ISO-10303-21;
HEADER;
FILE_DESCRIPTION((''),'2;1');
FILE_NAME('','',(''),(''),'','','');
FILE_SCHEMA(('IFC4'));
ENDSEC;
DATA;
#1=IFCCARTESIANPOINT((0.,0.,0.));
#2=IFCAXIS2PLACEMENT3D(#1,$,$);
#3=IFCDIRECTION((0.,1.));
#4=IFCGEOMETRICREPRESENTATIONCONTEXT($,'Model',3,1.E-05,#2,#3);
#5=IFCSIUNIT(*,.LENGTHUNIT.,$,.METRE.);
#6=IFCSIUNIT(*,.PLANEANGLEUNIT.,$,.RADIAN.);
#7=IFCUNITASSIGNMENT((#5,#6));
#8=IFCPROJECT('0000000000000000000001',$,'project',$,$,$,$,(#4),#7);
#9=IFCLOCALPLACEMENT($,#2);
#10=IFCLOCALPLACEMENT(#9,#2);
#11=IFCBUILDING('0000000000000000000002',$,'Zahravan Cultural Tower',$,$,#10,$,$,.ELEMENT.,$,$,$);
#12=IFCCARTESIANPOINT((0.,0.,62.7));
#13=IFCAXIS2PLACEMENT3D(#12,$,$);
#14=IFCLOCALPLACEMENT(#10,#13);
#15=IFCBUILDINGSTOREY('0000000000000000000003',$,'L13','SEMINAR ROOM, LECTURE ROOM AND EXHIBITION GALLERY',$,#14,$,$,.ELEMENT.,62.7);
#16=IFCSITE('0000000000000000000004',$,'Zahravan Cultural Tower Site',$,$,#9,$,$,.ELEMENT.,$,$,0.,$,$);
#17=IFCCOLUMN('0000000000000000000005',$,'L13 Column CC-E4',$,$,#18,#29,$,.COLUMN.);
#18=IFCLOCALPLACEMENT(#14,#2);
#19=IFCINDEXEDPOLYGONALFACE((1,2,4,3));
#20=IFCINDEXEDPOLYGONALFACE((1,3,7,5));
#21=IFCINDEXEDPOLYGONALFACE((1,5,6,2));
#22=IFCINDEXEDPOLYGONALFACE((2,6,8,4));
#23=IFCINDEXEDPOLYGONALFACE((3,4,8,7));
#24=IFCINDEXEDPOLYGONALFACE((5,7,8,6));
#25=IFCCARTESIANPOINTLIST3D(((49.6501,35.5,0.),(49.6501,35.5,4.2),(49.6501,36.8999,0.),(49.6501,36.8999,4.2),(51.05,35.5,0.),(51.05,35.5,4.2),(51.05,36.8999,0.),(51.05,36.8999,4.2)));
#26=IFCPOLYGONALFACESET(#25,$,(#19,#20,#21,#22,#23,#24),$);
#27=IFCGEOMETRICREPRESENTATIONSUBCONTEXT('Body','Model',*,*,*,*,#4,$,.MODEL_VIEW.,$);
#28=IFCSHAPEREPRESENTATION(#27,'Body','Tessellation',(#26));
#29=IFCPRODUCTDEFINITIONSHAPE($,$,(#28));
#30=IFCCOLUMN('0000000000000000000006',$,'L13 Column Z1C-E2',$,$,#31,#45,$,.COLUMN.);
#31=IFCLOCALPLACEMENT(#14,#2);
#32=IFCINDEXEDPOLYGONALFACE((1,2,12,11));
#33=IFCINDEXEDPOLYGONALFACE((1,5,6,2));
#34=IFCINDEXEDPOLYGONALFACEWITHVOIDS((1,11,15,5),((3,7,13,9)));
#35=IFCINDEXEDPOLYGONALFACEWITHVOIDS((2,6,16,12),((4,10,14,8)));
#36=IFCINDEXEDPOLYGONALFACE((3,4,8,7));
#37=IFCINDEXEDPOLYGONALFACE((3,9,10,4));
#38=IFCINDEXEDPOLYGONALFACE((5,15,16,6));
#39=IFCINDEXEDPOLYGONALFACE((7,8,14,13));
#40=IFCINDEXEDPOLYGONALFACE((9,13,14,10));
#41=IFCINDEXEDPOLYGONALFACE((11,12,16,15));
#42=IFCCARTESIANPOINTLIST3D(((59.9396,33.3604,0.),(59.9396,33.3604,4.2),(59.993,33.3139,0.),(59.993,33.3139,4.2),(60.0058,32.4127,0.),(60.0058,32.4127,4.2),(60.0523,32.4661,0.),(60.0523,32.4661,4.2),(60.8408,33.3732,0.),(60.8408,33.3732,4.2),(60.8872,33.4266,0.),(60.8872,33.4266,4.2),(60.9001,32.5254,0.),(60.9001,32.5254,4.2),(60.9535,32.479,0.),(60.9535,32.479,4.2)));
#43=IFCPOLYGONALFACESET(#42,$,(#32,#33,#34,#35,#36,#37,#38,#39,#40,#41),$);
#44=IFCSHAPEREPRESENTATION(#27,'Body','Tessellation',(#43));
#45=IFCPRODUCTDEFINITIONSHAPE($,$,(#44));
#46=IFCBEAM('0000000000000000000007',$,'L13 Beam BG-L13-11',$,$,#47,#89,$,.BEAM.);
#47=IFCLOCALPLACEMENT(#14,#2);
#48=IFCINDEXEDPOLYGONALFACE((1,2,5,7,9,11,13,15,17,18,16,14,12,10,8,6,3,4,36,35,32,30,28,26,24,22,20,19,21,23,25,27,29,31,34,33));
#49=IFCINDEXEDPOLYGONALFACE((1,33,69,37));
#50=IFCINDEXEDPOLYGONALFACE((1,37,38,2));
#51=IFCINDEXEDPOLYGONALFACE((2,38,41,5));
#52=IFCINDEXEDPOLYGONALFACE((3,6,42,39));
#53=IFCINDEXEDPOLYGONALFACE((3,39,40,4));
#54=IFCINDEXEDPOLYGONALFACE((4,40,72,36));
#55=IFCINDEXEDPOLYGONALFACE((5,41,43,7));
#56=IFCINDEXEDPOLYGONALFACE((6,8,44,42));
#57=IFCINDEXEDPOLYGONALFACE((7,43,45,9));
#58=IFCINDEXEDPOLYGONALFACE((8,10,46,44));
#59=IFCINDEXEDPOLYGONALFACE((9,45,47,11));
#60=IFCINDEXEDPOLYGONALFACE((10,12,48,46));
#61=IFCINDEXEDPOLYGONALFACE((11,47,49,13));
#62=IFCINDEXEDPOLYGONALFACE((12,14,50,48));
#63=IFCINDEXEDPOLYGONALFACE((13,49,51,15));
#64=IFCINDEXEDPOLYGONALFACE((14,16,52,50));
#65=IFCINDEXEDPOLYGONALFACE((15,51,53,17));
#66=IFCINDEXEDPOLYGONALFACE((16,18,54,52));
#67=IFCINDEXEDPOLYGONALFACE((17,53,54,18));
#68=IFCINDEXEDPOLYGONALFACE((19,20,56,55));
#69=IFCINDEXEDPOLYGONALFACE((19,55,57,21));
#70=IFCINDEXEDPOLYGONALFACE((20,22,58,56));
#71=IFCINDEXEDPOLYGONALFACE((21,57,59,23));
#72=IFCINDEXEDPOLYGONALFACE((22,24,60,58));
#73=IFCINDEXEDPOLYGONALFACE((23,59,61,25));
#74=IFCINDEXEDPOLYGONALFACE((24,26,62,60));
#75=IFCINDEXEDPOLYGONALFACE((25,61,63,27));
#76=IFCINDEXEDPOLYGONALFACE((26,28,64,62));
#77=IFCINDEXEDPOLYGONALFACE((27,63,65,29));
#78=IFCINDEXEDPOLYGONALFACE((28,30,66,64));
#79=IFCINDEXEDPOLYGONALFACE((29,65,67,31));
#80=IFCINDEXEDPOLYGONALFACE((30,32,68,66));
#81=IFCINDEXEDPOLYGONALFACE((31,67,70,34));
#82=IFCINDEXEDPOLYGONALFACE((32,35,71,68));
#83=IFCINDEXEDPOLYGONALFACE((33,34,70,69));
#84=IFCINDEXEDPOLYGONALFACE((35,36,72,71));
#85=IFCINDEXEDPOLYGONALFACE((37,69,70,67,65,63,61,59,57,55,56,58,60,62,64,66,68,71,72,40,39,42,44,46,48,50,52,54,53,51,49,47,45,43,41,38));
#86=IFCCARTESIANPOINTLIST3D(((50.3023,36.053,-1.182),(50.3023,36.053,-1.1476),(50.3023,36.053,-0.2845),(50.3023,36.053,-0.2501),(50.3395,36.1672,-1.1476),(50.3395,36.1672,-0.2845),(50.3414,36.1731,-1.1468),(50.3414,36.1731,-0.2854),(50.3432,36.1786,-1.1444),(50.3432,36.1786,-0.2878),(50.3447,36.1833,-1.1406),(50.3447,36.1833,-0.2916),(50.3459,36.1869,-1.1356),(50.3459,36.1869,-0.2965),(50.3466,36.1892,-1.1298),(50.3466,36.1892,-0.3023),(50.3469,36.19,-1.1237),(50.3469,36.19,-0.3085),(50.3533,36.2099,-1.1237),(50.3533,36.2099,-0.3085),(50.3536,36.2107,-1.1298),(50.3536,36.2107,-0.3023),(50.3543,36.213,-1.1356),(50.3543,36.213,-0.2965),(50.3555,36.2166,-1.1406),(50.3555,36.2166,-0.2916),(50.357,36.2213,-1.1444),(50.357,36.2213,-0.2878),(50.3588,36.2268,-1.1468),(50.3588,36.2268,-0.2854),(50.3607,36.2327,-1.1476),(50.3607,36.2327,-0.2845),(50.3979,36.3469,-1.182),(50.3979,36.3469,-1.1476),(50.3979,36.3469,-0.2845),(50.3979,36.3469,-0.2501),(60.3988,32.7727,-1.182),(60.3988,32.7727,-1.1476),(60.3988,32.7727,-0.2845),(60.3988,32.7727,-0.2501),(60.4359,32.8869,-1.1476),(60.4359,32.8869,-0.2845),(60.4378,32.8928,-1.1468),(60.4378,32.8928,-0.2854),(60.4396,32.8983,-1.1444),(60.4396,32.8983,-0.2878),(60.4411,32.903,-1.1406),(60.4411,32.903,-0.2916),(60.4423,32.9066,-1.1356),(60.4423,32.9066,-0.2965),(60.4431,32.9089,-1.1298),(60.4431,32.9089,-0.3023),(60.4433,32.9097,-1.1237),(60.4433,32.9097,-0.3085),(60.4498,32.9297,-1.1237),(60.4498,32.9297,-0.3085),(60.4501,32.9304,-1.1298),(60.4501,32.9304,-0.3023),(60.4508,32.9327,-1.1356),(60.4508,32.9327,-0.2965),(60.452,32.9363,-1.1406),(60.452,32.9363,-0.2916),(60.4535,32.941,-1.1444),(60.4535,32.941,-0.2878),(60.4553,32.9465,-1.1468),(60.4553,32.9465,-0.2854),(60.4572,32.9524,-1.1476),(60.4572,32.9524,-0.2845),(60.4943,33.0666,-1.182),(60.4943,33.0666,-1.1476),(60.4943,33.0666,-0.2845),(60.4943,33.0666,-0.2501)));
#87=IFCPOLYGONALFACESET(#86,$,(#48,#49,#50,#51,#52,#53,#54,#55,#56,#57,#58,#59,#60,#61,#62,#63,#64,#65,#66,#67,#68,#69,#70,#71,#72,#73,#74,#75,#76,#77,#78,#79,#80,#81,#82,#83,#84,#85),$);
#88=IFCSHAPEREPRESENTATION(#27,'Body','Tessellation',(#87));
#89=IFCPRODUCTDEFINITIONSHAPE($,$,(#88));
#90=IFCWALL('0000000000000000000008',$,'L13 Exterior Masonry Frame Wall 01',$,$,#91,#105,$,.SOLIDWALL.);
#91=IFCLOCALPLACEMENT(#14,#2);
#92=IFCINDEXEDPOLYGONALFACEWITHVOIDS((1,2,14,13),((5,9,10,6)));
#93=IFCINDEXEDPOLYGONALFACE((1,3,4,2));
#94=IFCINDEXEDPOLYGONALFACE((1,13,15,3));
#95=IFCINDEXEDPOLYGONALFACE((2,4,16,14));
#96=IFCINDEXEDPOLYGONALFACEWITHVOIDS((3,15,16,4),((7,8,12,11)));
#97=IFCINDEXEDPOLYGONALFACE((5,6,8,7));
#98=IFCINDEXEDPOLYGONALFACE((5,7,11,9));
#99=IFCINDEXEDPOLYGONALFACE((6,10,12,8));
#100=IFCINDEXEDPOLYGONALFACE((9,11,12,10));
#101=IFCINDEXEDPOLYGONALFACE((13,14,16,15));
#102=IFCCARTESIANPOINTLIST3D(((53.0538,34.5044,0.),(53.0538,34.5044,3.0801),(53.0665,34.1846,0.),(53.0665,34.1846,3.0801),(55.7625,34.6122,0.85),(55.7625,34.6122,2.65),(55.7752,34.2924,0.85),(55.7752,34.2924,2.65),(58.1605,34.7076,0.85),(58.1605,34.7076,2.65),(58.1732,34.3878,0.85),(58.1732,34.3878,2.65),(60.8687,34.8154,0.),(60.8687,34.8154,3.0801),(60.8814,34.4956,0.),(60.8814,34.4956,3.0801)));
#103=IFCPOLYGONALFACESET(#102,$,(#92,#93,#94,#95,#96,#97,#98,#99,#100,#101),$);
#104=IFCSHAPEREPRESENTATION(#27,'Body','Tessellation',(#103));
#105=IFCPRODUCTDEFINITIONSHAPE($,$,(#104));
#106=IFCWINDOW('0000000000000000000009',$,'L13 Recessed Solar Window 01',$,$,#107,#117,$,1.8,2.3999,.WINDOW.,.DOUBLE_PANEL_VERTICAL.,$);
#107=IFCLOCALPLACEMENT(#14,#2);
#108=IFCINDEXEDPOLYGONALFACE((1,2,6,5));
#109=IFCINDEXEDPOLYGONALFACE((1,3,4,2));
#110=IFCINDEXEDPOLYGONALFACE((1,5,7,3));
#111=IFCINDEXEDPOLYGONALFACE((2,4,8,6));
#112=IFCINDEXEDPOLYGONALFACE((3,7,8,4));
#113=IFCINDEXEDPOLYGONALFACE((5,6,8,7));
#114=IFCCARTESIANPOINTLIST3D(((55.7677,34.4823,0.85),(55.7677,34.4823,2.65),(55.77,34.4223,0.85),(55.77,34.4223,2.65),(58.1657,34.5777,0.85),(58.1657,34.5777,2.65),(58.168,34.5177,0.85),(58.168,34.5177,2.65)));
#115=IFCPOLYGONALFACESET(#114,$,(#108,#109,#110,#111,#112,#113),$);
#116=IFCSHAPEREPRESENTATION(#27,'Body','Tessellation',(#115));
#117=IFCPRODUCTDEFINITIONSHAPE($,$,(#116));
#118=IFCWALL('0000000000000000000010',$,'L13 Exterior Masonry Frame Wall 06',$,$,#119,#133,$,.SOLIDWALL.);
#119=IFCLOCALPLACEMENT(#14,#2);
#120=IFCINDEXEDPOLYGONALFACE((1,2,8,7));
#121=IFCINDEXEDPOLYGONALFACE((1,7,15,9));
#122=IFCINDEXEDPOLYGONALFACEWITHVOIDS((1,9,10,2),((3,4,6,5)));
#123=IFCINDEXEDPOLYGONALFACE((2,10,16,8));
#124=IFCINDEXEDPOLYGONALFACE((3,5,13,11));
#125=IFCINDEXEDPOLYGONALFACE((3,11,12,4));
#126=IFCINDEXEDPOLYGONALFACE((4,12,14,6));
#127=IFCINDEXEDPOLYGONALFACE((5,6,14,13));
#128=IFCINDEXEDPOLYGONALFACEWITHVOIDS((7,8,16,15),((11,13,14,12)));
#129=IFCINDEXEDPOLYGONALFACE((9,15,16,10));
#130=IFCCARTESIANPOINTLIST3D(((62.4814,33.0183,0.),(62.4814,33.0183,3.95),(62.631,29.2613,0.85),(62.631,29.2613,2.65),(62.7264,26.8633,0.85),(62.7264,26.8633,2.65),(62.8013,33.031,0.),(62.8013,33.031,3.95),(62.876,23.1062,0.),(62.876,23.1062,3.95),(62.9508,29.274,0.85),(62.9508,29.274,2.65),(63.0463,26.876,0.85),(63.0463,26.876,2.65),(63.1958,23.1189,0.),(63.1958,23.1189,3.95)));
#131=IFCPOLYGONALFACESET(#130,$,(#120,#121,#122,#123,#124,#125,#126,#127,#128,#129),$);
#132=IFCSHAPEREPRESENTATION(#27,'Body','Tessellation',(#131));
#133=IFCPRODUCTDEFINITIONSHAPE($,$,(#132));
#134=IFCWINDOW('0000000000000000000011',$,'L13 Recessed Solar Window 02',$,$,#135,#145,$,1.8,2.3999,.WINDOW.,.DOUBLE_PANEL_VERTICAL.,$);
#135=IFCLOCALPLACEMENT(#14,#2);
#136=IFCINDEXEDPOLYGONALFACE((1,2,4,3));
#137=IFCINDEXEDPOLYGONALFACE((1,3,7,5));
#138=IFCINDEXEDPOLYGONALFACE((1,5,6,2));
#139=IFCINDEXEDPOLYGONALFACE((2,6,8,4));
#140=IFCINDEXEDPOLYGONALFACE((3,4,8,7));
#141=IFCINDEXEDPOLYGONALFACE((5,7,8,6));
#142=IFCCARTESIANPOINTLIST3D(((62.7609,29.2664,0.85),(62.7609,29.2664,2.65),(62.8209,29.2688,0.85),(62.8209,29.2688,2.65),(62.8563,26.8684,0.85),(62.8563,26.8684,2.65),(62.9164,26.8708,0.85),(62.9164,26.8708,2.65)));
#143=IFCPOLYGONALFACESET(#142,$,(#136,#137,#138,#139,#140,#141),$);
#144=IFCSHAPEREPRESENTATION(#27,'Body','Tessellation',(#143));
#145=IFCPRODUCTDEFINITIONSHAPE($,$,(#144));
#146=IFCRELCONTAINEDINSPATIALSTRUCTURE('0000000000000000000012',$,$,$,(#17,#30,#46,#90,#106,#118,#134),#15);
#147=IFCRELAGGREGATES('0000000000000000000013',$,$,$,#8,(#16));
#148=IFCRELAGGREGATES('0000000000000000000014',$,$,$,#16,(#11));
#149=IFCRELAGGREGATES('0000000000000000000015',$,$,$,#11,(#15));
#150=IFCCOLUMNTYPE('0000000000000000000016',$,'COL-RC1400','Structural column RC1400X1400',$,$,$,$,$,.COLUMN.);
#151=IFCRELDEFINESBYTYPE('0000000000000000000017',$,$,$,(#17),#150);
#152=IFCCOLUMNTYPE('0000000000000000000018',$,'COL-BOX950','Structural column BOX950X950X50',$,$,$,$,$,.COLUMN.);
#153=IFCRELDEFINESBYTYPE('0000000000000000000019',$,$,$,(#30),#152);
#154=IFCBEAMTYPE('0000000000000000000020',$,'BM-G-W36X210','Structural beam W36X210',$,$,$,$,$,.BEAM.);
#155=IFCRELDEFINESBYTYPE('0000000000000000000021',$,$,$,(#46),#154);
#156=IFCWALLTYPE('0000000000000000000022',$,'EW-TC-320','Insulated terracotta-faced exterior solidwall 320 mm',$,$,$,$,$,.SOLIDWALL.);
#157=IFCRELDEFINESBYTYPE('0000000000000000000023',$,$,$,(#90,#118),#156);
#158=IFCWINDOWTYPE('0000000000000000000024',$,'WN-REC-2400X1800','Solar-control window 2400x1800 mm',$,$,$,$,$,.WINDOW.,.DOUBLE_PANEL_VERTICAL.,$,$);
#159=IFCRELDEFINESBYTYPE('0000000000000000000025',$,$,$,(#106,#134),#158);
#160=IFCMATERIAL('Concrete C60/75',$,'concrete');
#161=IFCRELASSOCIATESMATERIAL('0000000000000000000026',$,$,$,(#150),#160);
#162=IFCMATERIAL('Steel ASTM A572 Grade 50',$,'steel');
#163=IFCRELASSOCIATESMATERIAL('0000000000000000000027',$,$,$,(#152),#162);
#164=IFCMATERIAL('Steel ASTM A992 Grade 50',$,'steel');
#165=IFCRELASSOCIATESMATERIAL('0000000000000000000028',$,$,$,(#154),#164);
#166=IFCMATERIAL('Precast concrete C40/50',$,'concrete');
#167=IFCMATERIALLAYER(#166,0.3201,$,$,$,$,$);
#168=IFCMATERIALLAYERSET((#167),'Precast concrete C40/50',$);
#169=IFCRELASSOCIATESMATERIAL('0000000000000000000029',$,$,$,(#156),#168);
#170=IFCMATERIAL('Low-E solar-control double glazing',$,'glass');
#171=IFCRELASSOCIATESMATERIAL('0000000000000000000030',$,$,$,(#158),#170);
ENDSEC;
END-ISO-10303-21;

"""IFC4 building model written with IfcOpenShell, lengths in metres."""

from ifc_helpers import new_model, si_unit, direction, frame, frame_2d, origin, origin_2d, place, context, subcontext, project, spatial, rectangle, hollow_rectangle, i_section, extrude, source, transform, mapped, material, layer, layer_set, material_profile, profile_set, type_object, element, fill, save


model = new_model("IFC4")

# Units and contexts
model_context = context("Model", 3, precision=1e-05, world=origin(), true_north=direction((0.0, 1.0)))
body_context = subcontext(model_context, "Body", "Model", "MODEL_VIEW")
ifc_project = project(units=[si_unit("LENGTHUNIT", "METRE"), si_unit("PLANEANGLEUNIT", "RADIAN")], contexts=[model_context])

# Site, building, storey
site_placement = place(None, origin())
site = spatial("IfcSite", under=ifc_project, at=site_placement, Name="Zahravan Cultural Tower Site", CompositionType="ELEMENT", RefElevation=0.0)
building_placement = place(site_placement, origin())
building = spatial("IfcBuilding", under=site, at=building_placement, Name="Zahravan Cultural Tower", CompositionType="ELEMENT")
storey_placement = place(building_placement, frame((0.0, 0.0, 62.7)))
storey = spatial("IfcBuildingStorey", under=building, at=storey_placement, Name="L13", Description="SEMINAR ROOM, LECTURE ROOM AND EXHIBITION GALLERY", CompositionType="ELEMENT", Elevation=62.7)

# Columns
ifc_material_1 = material(Name="Concrete C60/75", Category="concrete")
ifc_material_profile_1 = material_profile(ifc_material_1, rectangle(XDim=1.3999, YDim=1.3999, at=origin_2d()), Name="RC1400X1400")
ifc_profile_set_1 = profile_set([ifc_material_profile_1], Name="Concrete C60/75")
column_type_1 = type_object("IfcColumnType", Name="COL-RC1400", Description="Structural column RC1400X1400", PredefinedType="COLUMN", material=ifc_profile_set_1)
shared_shape_1 = source(origin(), body_context, "Body", "SweptSolid", [
    extrude(rectangle(XDim=1.3999, YDim=1.3999, at=origin_2d()), origin(), (0.0, 0.0, 1.0), 4.2),
])
column_1_placement = place(storey_placement, frame((50.3501, 36.2, 0.0), z_axis=(0.0, 0.0, 1.0), x_axis=(1.0, 0.0, 0.0)))
element("IfcColumn", 1, at=column_1_placement, inside=storey, type_object=column_type_1, Name="L13 Column CC-E4", PredefinedType="COLUMN", context=body_context, shape_type="MappedRepresentation", body=[
    mapped(shared_shape_1, transform((0.0, 0.0, 0.0), x_axis=(1.0, 0.0, 0.0), y_axis=(0.0, 1.0, 0.0), z_axis=(0.0, 0.0, 1.0), scale=1.0)),
])
ifc_material_2 = material(Name="Steel ASTM A572 Grade 50", Category="steel")
ifc_material_profile_2 = material_profile(ifc_material_2, hollow_rectangle(XDim=0.95, YDim=0.95, WallThickness=0.05, at=origin_2d()), Name="BOX950X950X50")
ifc_profile_set_2 = profile_set([ifc_material_profile_2], Name="Steel ASTM A572 Grade 50")
column_type_2 = type_object("IfcColumnType", Name="COL-BOX950", Description="Structural column BOX950X950X50", PredefinedType="COLUMN", material=ifc_profile_set_2)
shared_shape_2 = source(origin(), body_context, "Body", "SweptSolid", [
    extrude(hollow_rectangle(XDim=0.95, YDim=0.95, WallThickness=0.05, at=origin_2d()), origin(), (0.0, 0.0, 1.0), 4.2),
])
column_2_placement = place(storey_placement, frame((60.4465, 32.9197, 0.0), z_axis=(0.0, 0.0, 1.0), x_axis=(0.997564, 0.069756, 0.0)))
element("IfcColumn", 2, at=column_2_placement, inside=storey, type_object=column_type_2, Name="L13 Column Z1C-E2", PredefinedType="COLUMN", context=body_context, shape_type="MappedRepresentation", body=[
    mapped(shared_shape_2, transform((0.0, 0.0, 0.0), x_axis=(1.0, 0.0, 0.0), y_axis=(0.0, 1.0, 0.0), z_axis=(0.0, 0.0, 1.0), scale=1.0)),
])

# Beam
ifc_material_3 = material(Name="Steel ASTM A992 Grade 50", Category="steel")
ifc_material_profile_3 = material_profile(ifc_material_3, i_section(OverallWidth=0.3091, OverallDepth=0.9319, WebThickness=0.021, FlangeThickness=0.0344, FilletRadius=0.0239, at=origin_2d()), Name="W36X210")
ifc_profile_set_3 = profile_set([ifc_material_profile_3], Name="Steel ASTM A992 Grade 50")
beam_type = type_object("IfcBeamType", Name="BM-G-W36X210", Description="Structural beam W36X210", PredefinedType="BEAM", material=ifc_profile_set_3)
shared_shape_3 = source(origin(), body_context, "Body", "SweptSolid", [
    extrude(i_section(OverallWidth=0.3091, OverallDepth=0.9319, WebThickness=0.021, FlangeThickness=0.0344, FilletRadius=0.0239, at=origin_2d()), origin(), (0.0, 0.0, 1.0), 10.616),
])
beam_placement = place(storey_placement, frame((50.3501, 36.2, -0.7161), z_axis=(0.951064, -0.308995, 0.0), x_axis=(0.308995, 0.951064, 0.0)))
element("IfcBeam", 3, at=beam_placement, inside=storey, type_object=beam_type, Name="L13 Beam BG-L13-11", PredefinedType="BEAM", context=body_context, shape_type="MappedRepresentation", body=[
    mapped(shared_shape_3, transform((0.0, 0.0, 0.0), x_axis=(1.0, 0.0, 0.0), y_axis=(0.0, 1.0, 0.0), z_axis=(0.0, 0.0, 1.0), scale=1.0)),
])

# Walls, openings, windows
ifc_material_4 = material(Name="Precast concrete C40/50", Category="concrete")
ifc_layer_1 = layer(ifc_material_4, 0.3201)
ifc_layer_set_1 = layer_set([ifc_layer_1], Name="Precast concrete C40/50")
wall_type_1 = type_object("IfcWallType", Name="EW-TC-320", Description="Insulated terracotta-faced exterior solidwall 320 mm", PredefinedType="SOLIDWALL", material=ifc_layer_set_1)
wall_1_placement = place(storey_placement, frame((53.0601, 34.3445, 0.0), z_axis=(0.0, 0.0, 1.0), x_axis=(0.999209, 0.039769, 0.0)))
wall_1 = element("IfcWall", 4, at=wall_1_placement, inside=storey, type_object=wall_type_1, Name="L13 Exterior Masonry Frame Wall 01", PredefinedType="SOLIDWALL", context=body_context, shape_type="SweptSolid", body=[
    extrude(rectangle(XDim=7.821, YDim=0.3201, at=frame_2d((3.9106, 0.0))), origin(), (0.0, 0.0, 1.0), 3.0801),
])
opening_1_placement = place(wall_1_placement, frame((2.7109, 0.0, 0.8501)))
opening_1 = element("IfcOpeningElement", 5, at=opening_1_placement, cuts=wall_1, PredefinedType="OPENING", context=body_context, shape_type="SweptSolid", body=[
    extrude(rectangle(XDim=2.3999, YDim=1.8, at=frame_2d((1.2, 0.8999))), frame((0.0, 0.1699, 0.0), z_axis=(0.0, -1.0, 0.0), x_axis=(1.0, 0.0, 0.0)), (0.0, 0.0, 1.0), 0.3401),
])
ifc_material_5 = material(Name="Low-E solar-control double glazing", Category="glass")
window_type = type_object("IfcWindowType", Name="WN-REC-2400X1800", Description="Solar-control window 2400x1800 mm", PartitioningType="DOUBLE_PANEL_VERTICAL", PredefinedType="WINDOW", material=ifc_material_5)
shared_shape_4 = source(origin(), body_context, "Body", "SweptSolid", [
    extrude(rectangle(XDim=2.3999, YDim=1.8, at=frame_2d((1.2, 0.8999))), frame((0.0, 0.03, 0.0), z_axis=(0.0, -1.0, 0.0), x_axis=(1.0, 0.0, 0.0)), (0.0, 0.0, 1.0), 0.0601),
])
window_1_placement = place(opening_1_placement, origin())
window_1 = element("IfcWindow", 6, at=window_1_placement, inside=storey, type_object=window_type, Name="L13 Recessed Solar Window 01", OverallHeight=1.8, OverallWidth=2.3999, PartitioningType="DOUBLE_PANEL_VERTICAL", PredefinedType="WINDOW", context=body_context, shape_type="MappedRepresentation", body=[
    mapped(shared_shape_4, transform((0.0, 0.0, 0.0), x_axis=(1.0, 0.0, 0.0), y_axis=(0.0, 1.0, 0.0), z_axis=(0.0, 0.0, 1.0), scale=1.0)),
])
fill(opening_1, window_1)
wall_2_placement = place(storey_placement, frame((62.6414, 33.0247, 0.0), z_axis=(0.0, 0.0, 1.0), x_axis=(0.039771, -0.999209, 0.0)))
wall_2 = element("IfcWall", 7, at=wall_2_placement, inside=storey, type_object=wall_type_1, Name="L13 Exterior Masonry Frame Wall 06", PredefinedType="SOLIDWALL", context=body_context, shape_type="SweptSolid", body=[
    extrude(rectangle(XDim=9.9199, YDim=0.3201, at=frame_2d((4.96, 0.0))), origin(), (0.0, 0.0, 1.0), 3.95),
])
opening_2_placement = place(wall_2_placement, frame((3.76, 0.0, 0.8501)))
opening_2 = element("IfcOpeningElement", 8, at=opening_2_placement, cuts=wall_2, PredefinedType="OPENING", context=body_context, shape_type="SweptSolid", body=[
    extrude(rectangle(XDim=2.3999, YDim=1.8, at=frame_2d((1.2, 0.8999))), frame((0.0, 0.1699, 0.0), z_axis=(0.0, -1.0, 0.0), x_axis=(1.0, 0.0, 0.0)), (0.0, 0.0, 1.0), 0.3401),
])
window_2_placement = place(opening_2_placement, origin())
window_2 = element("IfcWindow", 9, at=window_2_placement, inside=storey, type_object=window_type, Name="L13 Recessed Solar Window 02", OverallHeight=1.8, OverallWidth=2.3999, PartitioningType="DOUBLE_PANEL_VERTICAL", PredefinedType="WINDOW", context=body_context, shape_type="MappedRepresentation", body=[
    mapped(shared_shape_4, transform((0.0, 0.0, 0.0), x_axis=(1.0, 0.0, 0.0), y_axis=(0.0, 1.0, 0.0), z_axis=(0.0, 0.0, 1.0), scale=1.0)),
])
fill(opening_2, window_2)

save(model, "model.ifc")
